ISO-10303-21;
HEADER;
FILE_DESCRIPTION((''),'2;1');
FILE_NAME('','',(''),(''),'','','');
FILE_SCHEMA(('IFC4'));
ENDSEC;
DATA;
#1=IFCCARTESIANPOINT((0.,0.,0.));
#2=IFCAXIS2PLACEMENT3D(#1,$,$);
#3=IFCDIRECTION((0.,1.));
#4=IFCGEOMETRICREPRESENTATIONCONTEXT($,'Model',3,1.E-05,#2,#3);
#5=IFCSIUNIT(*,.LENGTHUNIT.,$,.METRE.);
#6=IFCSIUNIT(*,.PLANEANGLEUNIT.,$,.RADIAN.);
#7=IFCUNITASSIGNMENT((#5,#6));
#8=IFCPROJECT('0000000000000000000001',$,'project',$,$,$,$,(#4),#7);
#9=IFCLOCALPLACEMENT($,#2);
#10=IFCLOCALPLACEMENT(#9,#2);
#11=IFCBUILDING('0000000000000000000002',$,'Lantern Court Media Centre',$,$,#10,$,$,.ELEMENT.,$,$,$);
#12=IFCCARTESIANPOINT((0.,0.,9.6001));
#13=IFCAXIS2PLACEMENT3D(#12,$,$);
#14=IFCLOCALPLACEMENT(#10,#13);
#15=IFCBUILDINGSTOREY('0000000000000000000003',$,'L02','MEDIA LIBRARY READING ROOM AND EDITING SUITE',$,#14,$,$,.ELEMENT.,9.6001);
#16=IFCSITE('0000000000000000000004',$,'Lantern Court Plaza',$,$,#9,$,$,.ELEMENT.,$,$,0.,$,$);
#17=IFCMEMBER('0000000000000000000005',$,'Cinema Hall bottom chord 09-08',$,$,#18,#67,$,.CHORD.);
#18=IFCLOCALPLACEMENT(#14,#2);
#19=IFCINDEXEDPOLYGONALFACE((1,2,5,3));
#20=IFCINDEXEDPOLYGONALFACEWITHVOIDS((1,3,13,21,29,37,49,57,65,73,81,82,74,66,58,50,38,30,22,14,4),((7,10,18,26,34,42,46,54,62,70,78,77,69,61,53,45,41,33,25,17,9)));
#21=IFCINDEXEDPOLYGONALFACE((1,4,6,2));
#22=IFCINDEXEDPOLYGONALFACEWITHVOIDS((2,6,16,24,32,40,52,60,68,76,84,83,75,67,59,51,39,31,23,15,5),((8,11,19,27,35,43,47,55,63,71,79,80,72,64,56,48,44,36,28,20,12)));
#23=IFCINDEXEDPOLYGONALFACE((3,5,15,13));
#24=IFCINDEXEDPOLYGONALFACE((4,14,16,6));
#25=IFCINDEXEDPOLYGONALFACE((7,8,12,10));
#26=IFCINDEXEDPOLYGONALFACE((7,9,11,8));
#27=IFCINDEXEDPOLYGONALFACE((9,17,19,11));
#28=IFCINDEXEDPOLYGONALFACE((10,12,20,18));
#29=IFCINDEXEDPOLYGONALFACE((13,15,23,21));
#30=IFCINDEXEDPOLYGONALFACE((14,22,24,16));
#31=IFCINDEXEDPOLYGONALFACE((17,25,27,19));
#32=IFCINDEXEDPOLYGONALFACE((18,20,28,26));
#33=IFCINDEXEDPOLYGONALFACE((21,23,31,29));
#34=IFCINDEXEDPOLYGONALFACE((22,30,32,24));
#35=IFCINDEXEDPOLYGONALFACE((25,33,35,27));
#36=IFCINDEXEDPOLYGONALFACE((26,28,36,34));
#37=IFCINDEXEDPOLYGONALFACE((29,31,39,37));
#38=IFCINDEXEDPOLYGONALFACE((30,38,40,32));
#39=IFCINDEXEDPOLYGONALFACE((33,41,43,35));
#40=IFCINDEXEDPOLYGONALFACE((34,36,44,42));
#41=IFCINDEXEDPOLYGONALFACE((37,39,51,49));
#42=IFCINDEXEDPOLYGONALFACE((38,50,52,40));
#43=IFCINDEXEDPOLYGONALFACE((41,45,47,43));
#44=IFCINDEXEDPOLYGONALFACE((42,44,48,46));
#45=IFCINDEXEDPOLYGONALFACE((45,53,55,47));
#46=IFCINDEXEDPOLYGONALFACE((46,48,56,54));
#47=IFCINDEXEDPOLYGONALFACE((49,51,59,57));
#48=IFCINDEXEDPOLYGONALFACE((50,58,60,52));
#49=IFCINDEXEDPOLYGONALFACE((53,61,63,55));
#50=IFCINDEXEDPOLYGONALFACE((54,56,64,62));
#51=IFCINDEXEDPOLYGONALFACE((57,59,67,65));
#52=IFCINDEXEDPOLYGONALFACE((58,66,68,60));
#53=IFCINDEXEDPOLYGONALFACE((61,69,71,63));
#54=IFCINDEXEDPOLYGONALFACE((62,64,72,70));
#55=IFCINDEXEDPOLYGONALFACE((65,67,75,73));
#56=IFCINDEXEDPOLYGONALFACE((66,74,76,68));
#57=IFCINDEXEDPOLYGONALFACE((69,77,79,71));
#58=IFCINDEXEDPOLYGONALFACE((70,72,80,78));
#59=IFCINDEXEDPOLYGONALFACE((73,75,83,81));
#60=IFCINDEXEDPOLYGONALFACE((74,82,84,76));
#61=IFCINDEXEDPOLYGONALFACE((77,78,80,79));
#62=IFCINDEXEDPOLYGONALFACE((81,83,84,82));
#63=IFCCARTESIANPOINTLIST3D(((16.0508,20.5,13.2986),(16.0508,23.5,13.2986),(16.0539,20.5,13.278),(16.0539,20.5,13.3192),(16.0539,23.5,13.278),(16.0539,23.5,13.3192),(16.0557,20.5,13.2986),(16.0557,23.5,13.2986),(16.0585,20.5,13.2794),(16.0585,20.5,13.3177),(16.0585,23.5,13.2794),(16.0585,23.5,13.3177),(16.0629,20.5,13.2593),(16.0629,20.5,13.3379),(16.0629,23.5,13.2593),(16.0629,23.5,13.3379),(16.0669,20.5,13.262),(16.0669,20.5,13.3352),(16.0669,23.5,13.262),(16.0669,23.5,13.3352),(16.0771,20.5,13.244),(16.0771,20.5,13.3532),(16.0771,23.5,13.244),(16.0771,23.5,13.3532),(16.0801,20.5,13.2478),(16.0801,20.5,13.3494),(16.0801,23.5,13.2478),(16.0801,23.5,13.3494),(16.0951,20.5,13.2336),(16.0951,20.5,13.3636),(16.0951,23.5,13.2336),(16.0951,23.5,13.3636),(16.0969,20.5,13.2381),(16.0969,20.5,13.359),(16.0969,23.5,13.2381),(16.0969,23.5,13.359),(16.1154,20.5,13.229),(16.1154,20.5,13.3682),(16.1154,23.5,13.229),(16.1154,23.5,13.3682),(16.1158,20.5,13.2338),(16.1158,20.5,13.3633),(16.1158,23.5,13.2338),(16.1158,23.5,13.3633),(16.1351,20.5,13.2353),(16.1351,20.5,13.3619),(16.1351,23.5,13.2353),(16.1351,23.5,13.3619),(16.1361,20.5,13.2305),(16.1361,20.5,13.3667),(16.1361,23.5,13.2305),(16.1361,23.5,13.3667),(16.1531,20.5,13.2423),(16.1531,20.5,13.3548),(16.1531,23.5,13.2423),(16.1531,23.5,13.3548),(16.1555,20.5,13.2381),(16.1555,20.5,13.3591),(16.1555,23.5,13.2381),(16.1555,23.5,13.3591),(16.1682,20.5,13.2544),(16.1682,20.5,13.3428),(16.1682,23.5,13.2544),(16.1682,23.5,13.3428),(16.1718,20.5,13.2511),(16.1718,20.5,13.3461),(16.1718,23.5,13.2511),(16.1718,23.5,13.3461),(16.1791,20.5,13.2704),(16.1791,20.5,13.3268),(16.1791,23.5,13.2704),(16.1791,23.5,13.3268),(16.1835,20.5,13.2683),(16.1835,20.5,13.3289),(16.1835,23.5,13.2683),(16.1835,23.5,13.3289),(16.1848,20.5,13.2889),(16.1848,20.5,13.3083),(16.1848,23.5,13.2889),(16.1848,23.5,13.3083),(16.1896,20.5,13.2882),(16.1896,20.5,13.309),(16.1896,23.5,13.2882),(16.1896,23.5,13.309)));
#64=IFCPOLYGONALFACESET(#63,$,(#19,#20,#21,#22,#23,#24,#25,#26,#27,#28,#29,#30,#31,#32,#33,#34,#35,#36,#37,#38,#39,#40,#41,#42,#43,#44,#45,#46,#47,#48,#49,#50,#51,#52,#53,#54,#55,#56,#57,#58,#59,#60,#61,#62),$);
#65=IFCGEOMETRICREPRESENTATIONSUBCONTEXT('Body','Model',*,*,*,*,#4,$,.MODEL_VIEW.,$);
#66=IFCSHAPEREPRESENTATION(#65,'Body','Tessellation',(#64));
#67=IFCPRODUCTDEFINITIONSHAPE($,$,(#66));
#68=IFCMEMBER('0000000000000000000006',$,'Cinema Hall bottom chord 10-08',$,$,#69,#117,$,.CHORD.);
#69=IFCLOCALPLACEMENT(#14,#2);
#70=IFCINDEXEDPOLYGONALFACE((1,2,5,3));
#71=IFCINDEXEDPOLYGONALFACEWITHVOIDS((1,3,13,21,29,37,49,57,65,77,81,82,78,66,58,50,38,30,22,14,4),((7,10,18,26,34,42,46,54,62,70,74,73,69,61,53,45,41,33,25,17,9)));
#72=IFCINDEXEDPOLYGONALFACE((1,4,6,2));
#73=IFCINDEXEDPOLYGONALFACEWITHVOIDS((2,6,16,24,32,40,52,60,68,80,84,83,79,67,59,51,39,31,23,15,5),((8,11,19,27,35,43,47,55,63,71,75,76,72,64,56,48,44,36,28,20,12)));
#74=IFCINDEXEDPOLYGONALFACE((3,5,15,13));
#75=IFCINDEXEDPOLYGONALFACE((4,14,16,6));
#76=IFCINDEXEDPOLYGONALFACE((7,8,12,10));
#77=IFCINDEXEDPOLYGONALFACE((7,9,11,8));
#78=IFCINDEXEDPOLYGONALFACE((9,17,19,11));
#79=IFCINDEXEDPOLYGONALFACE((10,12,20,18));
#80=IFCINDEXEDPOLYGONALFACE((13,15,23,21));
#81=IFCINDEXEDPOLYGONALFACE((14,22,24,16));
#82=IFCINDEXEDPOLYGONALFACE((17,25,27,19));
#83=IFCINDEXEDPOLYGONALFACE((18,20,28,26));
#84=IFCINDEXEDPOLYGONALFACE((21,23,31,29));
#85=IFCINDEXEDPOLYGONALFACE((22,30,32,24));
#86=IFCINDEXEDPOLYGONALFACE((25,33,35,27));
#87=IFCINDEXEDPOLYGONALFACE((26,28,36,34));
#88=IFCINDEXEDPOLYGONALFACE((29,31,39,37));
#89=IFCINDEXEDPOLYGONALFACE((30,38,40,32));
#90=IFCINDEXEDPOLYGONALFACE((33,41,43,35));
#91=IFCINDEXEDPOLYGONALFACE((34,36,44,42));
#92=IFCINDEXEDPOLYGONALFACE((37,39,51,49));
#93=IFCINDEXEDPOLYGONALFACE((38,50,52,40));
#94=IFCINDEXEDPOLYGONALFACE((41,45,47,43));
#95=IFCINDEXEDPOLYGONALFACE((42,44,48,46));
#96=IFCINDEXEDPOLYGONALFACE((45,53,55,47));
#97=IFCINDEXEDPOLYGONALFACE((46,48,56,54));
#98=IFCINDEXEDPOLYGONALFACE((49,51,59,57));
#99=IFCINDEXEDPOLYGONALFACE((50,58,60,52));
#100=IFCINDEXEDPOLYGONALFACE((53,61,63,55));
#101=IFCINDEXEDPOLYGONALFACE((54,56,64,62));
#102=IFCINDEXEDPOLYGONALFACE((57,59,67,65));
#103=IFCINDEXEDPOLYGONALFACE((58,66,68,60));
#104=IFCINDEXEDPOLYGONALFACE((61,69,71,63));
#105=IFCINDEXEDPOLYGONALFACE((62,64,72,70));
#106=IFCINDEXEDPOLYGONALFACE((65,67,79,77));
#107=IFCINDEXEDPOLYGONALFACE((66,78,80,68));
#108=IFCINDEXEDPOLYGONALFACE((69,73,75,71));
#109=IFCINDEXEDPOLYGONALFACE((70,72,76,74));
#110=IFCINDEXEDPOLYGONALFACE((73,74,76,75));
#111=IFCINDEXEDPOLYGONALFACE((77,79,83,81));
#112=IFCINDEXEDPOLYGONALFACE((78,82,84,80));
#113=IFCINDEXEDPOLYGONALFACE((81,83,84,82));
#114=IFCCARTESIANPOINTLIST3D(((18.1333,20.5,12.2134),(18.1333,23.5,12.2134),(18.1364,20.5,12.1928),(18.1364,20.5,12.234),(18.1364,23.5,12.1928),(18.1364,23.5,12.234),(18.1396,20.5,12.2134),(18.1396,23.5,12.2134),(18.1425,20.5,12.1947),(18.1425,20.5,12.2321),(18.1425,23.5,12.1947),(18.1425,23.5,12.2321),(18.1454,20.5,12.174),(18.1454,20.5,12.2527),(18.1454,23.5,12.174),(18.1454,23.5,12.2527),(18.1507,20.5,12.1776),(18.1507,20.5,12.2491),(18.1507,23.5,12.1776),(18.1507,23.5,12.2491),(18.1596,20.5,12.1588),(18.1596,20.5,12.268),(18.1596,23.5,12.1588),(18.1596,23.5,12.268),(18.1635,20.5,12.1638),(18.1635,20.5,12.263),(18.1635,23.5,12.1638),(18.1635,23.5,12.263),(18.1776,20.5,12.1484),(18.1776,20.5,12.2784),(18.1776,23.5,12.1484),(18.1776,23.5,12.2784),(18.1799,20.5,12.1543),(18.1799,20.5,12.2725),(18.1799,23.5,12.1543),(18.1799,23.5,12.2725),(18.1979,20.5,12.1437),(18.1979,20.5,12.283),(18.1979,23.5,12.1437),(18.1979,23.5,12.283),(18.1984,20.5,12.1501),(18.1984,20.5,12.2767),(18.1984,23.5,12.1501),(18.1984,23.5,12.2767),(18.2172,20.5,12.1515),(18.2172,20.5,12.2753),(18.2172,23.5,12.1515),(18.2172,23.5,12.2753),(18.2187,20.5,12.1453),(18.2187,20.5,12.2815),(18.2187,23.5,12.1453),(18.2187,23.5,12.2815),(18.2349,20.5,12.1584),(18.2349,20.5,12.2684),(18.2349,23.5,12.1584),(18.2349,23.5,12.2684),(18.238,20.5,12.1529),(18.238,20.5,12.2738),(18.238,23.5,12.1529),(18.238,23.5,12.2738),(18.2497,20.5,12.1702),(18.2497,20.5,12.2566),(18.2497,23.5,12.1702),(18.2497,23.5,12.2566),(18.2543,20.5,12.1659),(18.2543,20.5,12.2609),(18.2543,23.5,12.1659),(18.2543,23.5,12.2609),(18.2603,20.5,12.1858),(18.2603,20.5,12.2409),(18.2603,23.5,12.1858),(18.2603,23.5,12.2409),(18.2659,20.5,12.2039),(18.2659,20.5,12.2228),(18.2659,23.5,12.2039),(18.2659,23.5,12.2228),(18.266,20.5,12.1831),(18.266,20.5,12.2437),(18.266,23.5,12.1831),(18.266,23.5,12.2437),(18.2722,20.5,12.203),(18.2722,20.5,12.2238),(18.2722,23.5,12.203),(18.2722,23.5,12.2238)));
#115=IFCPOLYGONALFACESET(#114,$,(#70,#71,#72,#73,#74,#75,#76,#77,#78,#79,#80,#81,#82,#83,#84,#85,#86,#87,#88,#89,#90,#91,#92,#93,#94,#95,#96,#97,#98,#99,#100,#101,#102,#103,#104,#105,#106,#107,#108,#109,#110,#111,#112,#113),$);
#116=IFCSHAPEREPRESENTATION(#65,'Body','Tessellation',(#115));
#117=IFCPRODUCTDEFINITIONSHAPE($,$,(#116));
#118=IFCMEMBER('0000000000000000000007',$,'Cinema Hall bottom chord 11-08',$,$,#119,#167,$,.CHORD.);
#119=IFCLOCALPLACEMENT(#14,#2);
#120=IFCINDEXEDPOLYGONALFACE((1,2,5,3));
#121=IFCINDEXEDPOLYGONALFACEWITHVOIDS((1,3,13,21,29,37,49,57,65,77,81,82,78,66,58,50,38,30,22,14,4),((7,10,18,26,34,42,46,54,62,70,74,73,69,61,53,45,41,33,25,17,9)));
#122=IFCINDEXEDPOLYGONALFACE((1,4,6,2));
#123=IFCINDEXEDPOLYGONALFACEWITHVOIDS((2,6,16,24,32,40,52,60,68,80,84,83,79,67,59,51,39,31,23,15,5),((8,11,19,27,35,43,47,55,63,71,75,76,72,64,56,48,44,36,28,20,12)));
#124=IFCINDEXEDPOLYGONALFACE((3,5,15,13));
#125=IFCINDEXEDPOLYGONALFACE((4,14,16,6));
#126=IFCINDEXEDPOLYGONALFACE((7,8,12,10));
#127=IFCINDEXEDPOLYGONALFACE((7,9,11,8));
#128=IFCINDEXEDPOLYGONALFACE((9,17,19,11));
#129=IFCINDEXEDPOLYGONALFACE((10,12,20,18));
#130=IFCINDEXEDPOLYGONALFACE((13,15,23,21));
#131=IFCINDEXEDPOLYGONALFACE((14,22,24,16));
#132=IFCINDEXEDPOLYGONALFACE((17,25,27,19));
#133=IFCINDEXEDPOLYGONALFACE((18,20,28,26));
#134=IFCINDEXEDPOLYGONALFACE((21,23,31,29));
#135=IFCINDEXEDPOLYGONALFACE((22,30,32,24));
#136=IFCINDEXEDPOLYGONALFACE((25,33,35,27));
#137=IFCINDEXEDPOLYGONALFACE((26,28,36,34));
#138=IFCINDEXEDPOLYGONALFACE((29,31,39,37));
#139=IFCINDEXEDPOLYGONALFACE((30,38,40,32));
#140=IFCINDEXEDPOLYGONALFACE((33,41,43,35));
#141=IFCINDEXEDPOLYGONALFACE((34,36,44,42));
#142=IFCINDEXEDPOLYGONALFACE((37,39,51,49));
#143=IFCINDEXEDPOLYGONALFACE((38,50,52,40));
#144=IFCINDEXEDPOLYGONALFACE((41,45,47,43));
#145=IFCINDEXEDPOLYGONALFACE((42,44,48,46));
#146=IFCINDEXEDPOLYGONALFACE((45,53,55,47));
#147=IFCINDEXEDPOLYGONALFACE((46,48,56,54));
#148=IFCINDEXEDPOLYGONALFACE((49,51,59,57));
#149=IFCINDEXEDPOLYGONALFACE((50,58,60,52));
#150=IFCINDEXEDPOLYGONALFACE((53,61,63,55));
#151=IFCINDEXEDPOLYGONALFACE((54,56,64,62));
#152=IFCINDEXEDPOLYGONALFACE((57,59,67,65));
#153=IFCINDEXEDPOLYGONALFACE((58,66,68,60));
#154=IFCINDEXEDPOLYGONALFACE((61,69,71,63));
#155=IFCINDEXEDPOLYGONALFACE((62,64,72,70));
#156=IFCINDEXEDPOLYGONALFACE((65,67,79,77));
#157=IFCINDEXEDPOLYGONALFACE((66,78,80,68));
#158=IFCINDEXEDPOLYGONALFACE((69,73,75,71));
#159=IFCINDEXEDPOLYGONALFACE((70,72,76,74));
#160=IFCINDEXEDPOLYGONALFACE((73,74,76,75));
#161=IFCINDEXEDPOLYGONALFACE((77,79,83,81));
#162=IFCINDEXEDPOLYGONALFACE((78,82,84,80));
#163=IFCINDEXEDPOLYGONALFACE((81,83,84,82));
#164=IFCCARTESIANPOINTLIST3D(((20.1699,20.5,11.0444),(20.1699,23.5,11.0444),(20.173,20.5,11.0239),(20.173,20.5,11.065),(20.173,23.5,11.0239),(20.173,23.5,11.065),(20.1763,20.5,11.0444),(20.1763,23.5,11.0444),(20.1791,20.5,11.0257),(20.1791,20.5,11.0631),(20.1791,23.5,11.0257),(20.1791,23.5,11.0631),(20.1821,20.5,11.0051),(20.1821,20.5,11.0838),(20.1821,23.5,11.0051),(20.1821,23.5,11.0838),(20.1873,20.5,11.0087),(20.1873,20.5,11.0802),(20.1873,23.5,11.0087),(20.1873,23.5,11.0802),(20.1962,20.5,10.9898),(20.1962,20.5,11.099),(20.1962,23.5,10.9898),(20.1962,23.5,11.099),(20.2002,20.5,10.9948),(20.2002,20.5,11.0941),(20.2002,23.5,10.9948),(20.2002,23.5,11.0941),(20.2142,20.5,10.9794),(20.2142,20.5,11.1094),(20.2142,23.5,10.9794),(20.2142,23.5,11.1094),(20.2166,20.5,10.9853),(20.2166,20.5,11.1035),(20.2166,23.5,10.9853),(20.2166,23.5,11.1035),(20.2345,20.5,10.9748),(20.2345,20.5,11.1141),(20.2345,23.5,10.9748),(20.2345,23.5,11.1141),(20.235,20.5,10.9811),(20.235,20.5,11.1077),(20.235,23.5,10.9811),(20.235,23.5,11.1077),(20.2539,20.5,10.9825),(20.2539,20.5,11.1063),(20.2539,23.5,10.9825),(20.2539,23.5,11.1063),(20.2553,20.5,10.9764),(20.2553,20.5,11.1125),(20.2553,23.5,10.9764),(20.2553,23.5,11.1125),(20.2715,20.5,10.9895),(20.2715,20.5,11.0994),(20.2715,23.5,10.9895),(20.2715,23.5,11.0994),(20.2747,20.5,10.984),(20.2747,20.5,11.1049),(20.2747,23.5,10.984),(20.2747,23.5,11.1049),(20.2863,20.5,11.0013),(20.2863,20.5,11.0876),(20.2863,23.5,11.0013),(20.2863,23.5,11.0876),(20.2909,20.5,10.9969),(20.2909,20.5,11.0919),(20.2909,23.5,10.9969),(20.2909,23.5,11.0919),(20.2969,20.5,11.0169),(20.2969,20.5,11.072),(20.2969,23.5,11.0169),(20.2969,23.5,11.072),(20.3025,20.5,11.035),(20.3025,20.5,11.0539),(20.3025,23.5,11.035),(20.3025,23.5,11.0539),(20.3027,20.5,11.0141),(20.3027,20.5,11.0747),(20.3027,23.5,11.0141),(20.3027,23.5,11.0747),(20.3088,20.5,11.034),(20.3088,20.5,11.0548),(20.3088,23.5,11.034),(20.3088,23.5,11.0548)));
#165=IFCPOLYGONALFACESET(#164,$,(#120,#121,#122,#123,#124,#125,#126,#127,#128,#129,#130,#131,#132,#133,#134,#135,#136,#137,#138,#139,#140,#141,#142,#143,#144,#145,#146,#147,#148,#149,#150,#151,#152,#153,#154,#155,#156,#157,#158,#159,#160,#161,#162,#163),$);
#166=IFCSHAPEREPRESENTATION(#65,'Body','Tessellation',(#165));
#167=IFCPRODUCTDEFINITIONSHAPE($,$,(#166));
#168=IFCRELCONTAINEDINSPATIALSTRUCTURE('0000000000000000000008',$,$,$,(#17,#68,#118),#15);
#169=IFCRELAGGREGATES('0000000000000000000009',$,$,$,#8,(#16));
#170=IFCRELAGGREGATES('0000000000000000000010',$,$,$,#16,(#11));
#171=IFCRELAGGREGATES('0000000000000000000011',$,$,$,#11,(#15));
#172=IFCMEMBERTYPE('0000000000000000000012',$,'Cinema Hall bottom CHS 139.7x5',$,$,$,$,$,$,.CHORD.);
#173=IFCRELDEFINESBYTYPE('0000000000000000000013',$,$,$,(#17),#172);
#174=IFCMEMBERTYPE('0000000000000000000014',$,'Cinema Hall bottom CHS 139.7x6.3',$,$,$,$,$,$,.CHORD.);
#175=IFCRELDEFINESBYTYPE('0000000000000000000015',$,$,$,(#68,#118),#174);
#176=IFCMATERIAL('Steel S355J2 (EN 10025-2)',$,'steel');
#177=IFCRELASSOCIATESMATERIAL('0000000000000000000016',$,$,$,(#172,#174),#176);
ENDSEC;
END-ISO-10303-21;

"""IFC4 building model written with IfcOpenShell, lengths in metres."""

from ifc_helpers import new_model, si_unit, direction, frame, origin, origin_2d, place, context, subcontext, project, spatial, hollow_circle, extrude, material, material_profile, profile_set, type_object, element, save


model = new_model("IFC4")

# Units and contexts
model_context = context("Model", 3, precision=1e-05, world=origin(), true_north=direction((0.0, 1.0)))
body_context = subcontext(model_context, "Body", "Model", "MODEL_VIEW")
ifc_project = project(units=[si_unit("LENGTHUNIT", "METRE"), si_unit("PLANEANGLEUNIT", "RADIAN")], contexts=[model_context])

# Site, building, storey
site_placement = place(None, origin())
site = spatial("IfcSite", under=ifc_project, at=site_placement, Name="Lantern Court Plaza", CompositionType="ELEMENT", RefElevation=0.0)
building_placement = place(site_placement, origin())
building = spatial("IfcBuilding", under=site, at=building_placement, Name="Lantern Court Media Centre", CompositionType="ELEMENT")
storey_placement = place(building_placement, frame((0.0, 0.0, 9.6001)))
storey = spatial("IfcBuildingStorey", under=building, at=storey_placement, Name="L02", Description="MEDIA LIBRARY READING ROOM AND EDITING SUITE", CompositionType="ELEMENT", Elevation=9.6001)

# Members
ifc_material = material(Name="Steel S355J2 (EN 10025-2)", Category="steel")
ifc_material_profile_1 = material_profile(ifc_material, hollow_circle(Radius=0.0698, WallThickness=0.0049, at=origin_2d()), Name="Cinema Hall bottom CHS 139.7x5")
ifc_profile_set_1 = profile_set([ifc_material_profile_1], Name="Steel S355J2 (EN 10025-2)")
member_type_1 = type_object("IfcMemberType", Name="Cinema Hall bottom CHS 139.7x5", PredefinedType="CHORD", material=ifc_profile_set_1)
member_1_placement = place(storey_placement, frame((16.1206, 20.5, 13.2986), z_axis=(0.0, 1.0, 0.0), x_axis=(-1.0, 0.0, 0.0)))
element("IfcMember", 1, at=member_1_placement, inside=storey, type_object=member_type_1, Name="Cinema Hall bottom chord 09-08", PredefinedType="CHORD", context=body_context, shape_type="SweptSolid", body=[
    extrude(hollow_circle(Radius=0.0698, WallThickness=0.0049, at=origin_2d()), origin(), (0.0, 0.0, 1.0), 3.0),
])
ifc_material_profile_2 = material_profile(ifc_material, hollow_circle(Radius=0.0698, WallThickness=0.0063, at=origin_2d()), Name="Cinema Hall bottom CHS 139.7x6.3")
ifc_profile_set_2 = profile_set([ifc_material_profile_2], Name="Steel S355J2 (EN 10025-2)")
member_type_2 = type_object("IfcMemberType", Name="Cinema Hall bottom CHS 139.7x6.3", PredefinedType="CHORD", material=ifc_profile_set_2)
for number, where, z_axis, x_axis, name in (
    (2, (18.2031, 20.5, 12.2134), (0.0, 1.0, 0.0), (-1.0, 0.0, 0.0), "Cinema Hall bottom chord 10-08"),
    (3, (20.2397, 20.5, 11.0444), (0.0, 1.0, 0.0), (-1.0, 0.0, 0.0), "Cinema Hall bottom chord 11-08"),
):
    element("IfcMember", number, at=place(storey_placement, frame(where, z_axis=z_axis, x_axis=x_axis)), inside=storey, type_object=member_type_2, Name=name, PredefinedType="CHORD", context=body_context, shape_type="SweptSolid", body=[
        extrude(hollow_circle(Radius=0.0698, WallThickness=0.0063, at=origin_2d()), origin(), (0.0, 0.0, 1.0), 3.0),
    ])

save(model, "model.ifc")
